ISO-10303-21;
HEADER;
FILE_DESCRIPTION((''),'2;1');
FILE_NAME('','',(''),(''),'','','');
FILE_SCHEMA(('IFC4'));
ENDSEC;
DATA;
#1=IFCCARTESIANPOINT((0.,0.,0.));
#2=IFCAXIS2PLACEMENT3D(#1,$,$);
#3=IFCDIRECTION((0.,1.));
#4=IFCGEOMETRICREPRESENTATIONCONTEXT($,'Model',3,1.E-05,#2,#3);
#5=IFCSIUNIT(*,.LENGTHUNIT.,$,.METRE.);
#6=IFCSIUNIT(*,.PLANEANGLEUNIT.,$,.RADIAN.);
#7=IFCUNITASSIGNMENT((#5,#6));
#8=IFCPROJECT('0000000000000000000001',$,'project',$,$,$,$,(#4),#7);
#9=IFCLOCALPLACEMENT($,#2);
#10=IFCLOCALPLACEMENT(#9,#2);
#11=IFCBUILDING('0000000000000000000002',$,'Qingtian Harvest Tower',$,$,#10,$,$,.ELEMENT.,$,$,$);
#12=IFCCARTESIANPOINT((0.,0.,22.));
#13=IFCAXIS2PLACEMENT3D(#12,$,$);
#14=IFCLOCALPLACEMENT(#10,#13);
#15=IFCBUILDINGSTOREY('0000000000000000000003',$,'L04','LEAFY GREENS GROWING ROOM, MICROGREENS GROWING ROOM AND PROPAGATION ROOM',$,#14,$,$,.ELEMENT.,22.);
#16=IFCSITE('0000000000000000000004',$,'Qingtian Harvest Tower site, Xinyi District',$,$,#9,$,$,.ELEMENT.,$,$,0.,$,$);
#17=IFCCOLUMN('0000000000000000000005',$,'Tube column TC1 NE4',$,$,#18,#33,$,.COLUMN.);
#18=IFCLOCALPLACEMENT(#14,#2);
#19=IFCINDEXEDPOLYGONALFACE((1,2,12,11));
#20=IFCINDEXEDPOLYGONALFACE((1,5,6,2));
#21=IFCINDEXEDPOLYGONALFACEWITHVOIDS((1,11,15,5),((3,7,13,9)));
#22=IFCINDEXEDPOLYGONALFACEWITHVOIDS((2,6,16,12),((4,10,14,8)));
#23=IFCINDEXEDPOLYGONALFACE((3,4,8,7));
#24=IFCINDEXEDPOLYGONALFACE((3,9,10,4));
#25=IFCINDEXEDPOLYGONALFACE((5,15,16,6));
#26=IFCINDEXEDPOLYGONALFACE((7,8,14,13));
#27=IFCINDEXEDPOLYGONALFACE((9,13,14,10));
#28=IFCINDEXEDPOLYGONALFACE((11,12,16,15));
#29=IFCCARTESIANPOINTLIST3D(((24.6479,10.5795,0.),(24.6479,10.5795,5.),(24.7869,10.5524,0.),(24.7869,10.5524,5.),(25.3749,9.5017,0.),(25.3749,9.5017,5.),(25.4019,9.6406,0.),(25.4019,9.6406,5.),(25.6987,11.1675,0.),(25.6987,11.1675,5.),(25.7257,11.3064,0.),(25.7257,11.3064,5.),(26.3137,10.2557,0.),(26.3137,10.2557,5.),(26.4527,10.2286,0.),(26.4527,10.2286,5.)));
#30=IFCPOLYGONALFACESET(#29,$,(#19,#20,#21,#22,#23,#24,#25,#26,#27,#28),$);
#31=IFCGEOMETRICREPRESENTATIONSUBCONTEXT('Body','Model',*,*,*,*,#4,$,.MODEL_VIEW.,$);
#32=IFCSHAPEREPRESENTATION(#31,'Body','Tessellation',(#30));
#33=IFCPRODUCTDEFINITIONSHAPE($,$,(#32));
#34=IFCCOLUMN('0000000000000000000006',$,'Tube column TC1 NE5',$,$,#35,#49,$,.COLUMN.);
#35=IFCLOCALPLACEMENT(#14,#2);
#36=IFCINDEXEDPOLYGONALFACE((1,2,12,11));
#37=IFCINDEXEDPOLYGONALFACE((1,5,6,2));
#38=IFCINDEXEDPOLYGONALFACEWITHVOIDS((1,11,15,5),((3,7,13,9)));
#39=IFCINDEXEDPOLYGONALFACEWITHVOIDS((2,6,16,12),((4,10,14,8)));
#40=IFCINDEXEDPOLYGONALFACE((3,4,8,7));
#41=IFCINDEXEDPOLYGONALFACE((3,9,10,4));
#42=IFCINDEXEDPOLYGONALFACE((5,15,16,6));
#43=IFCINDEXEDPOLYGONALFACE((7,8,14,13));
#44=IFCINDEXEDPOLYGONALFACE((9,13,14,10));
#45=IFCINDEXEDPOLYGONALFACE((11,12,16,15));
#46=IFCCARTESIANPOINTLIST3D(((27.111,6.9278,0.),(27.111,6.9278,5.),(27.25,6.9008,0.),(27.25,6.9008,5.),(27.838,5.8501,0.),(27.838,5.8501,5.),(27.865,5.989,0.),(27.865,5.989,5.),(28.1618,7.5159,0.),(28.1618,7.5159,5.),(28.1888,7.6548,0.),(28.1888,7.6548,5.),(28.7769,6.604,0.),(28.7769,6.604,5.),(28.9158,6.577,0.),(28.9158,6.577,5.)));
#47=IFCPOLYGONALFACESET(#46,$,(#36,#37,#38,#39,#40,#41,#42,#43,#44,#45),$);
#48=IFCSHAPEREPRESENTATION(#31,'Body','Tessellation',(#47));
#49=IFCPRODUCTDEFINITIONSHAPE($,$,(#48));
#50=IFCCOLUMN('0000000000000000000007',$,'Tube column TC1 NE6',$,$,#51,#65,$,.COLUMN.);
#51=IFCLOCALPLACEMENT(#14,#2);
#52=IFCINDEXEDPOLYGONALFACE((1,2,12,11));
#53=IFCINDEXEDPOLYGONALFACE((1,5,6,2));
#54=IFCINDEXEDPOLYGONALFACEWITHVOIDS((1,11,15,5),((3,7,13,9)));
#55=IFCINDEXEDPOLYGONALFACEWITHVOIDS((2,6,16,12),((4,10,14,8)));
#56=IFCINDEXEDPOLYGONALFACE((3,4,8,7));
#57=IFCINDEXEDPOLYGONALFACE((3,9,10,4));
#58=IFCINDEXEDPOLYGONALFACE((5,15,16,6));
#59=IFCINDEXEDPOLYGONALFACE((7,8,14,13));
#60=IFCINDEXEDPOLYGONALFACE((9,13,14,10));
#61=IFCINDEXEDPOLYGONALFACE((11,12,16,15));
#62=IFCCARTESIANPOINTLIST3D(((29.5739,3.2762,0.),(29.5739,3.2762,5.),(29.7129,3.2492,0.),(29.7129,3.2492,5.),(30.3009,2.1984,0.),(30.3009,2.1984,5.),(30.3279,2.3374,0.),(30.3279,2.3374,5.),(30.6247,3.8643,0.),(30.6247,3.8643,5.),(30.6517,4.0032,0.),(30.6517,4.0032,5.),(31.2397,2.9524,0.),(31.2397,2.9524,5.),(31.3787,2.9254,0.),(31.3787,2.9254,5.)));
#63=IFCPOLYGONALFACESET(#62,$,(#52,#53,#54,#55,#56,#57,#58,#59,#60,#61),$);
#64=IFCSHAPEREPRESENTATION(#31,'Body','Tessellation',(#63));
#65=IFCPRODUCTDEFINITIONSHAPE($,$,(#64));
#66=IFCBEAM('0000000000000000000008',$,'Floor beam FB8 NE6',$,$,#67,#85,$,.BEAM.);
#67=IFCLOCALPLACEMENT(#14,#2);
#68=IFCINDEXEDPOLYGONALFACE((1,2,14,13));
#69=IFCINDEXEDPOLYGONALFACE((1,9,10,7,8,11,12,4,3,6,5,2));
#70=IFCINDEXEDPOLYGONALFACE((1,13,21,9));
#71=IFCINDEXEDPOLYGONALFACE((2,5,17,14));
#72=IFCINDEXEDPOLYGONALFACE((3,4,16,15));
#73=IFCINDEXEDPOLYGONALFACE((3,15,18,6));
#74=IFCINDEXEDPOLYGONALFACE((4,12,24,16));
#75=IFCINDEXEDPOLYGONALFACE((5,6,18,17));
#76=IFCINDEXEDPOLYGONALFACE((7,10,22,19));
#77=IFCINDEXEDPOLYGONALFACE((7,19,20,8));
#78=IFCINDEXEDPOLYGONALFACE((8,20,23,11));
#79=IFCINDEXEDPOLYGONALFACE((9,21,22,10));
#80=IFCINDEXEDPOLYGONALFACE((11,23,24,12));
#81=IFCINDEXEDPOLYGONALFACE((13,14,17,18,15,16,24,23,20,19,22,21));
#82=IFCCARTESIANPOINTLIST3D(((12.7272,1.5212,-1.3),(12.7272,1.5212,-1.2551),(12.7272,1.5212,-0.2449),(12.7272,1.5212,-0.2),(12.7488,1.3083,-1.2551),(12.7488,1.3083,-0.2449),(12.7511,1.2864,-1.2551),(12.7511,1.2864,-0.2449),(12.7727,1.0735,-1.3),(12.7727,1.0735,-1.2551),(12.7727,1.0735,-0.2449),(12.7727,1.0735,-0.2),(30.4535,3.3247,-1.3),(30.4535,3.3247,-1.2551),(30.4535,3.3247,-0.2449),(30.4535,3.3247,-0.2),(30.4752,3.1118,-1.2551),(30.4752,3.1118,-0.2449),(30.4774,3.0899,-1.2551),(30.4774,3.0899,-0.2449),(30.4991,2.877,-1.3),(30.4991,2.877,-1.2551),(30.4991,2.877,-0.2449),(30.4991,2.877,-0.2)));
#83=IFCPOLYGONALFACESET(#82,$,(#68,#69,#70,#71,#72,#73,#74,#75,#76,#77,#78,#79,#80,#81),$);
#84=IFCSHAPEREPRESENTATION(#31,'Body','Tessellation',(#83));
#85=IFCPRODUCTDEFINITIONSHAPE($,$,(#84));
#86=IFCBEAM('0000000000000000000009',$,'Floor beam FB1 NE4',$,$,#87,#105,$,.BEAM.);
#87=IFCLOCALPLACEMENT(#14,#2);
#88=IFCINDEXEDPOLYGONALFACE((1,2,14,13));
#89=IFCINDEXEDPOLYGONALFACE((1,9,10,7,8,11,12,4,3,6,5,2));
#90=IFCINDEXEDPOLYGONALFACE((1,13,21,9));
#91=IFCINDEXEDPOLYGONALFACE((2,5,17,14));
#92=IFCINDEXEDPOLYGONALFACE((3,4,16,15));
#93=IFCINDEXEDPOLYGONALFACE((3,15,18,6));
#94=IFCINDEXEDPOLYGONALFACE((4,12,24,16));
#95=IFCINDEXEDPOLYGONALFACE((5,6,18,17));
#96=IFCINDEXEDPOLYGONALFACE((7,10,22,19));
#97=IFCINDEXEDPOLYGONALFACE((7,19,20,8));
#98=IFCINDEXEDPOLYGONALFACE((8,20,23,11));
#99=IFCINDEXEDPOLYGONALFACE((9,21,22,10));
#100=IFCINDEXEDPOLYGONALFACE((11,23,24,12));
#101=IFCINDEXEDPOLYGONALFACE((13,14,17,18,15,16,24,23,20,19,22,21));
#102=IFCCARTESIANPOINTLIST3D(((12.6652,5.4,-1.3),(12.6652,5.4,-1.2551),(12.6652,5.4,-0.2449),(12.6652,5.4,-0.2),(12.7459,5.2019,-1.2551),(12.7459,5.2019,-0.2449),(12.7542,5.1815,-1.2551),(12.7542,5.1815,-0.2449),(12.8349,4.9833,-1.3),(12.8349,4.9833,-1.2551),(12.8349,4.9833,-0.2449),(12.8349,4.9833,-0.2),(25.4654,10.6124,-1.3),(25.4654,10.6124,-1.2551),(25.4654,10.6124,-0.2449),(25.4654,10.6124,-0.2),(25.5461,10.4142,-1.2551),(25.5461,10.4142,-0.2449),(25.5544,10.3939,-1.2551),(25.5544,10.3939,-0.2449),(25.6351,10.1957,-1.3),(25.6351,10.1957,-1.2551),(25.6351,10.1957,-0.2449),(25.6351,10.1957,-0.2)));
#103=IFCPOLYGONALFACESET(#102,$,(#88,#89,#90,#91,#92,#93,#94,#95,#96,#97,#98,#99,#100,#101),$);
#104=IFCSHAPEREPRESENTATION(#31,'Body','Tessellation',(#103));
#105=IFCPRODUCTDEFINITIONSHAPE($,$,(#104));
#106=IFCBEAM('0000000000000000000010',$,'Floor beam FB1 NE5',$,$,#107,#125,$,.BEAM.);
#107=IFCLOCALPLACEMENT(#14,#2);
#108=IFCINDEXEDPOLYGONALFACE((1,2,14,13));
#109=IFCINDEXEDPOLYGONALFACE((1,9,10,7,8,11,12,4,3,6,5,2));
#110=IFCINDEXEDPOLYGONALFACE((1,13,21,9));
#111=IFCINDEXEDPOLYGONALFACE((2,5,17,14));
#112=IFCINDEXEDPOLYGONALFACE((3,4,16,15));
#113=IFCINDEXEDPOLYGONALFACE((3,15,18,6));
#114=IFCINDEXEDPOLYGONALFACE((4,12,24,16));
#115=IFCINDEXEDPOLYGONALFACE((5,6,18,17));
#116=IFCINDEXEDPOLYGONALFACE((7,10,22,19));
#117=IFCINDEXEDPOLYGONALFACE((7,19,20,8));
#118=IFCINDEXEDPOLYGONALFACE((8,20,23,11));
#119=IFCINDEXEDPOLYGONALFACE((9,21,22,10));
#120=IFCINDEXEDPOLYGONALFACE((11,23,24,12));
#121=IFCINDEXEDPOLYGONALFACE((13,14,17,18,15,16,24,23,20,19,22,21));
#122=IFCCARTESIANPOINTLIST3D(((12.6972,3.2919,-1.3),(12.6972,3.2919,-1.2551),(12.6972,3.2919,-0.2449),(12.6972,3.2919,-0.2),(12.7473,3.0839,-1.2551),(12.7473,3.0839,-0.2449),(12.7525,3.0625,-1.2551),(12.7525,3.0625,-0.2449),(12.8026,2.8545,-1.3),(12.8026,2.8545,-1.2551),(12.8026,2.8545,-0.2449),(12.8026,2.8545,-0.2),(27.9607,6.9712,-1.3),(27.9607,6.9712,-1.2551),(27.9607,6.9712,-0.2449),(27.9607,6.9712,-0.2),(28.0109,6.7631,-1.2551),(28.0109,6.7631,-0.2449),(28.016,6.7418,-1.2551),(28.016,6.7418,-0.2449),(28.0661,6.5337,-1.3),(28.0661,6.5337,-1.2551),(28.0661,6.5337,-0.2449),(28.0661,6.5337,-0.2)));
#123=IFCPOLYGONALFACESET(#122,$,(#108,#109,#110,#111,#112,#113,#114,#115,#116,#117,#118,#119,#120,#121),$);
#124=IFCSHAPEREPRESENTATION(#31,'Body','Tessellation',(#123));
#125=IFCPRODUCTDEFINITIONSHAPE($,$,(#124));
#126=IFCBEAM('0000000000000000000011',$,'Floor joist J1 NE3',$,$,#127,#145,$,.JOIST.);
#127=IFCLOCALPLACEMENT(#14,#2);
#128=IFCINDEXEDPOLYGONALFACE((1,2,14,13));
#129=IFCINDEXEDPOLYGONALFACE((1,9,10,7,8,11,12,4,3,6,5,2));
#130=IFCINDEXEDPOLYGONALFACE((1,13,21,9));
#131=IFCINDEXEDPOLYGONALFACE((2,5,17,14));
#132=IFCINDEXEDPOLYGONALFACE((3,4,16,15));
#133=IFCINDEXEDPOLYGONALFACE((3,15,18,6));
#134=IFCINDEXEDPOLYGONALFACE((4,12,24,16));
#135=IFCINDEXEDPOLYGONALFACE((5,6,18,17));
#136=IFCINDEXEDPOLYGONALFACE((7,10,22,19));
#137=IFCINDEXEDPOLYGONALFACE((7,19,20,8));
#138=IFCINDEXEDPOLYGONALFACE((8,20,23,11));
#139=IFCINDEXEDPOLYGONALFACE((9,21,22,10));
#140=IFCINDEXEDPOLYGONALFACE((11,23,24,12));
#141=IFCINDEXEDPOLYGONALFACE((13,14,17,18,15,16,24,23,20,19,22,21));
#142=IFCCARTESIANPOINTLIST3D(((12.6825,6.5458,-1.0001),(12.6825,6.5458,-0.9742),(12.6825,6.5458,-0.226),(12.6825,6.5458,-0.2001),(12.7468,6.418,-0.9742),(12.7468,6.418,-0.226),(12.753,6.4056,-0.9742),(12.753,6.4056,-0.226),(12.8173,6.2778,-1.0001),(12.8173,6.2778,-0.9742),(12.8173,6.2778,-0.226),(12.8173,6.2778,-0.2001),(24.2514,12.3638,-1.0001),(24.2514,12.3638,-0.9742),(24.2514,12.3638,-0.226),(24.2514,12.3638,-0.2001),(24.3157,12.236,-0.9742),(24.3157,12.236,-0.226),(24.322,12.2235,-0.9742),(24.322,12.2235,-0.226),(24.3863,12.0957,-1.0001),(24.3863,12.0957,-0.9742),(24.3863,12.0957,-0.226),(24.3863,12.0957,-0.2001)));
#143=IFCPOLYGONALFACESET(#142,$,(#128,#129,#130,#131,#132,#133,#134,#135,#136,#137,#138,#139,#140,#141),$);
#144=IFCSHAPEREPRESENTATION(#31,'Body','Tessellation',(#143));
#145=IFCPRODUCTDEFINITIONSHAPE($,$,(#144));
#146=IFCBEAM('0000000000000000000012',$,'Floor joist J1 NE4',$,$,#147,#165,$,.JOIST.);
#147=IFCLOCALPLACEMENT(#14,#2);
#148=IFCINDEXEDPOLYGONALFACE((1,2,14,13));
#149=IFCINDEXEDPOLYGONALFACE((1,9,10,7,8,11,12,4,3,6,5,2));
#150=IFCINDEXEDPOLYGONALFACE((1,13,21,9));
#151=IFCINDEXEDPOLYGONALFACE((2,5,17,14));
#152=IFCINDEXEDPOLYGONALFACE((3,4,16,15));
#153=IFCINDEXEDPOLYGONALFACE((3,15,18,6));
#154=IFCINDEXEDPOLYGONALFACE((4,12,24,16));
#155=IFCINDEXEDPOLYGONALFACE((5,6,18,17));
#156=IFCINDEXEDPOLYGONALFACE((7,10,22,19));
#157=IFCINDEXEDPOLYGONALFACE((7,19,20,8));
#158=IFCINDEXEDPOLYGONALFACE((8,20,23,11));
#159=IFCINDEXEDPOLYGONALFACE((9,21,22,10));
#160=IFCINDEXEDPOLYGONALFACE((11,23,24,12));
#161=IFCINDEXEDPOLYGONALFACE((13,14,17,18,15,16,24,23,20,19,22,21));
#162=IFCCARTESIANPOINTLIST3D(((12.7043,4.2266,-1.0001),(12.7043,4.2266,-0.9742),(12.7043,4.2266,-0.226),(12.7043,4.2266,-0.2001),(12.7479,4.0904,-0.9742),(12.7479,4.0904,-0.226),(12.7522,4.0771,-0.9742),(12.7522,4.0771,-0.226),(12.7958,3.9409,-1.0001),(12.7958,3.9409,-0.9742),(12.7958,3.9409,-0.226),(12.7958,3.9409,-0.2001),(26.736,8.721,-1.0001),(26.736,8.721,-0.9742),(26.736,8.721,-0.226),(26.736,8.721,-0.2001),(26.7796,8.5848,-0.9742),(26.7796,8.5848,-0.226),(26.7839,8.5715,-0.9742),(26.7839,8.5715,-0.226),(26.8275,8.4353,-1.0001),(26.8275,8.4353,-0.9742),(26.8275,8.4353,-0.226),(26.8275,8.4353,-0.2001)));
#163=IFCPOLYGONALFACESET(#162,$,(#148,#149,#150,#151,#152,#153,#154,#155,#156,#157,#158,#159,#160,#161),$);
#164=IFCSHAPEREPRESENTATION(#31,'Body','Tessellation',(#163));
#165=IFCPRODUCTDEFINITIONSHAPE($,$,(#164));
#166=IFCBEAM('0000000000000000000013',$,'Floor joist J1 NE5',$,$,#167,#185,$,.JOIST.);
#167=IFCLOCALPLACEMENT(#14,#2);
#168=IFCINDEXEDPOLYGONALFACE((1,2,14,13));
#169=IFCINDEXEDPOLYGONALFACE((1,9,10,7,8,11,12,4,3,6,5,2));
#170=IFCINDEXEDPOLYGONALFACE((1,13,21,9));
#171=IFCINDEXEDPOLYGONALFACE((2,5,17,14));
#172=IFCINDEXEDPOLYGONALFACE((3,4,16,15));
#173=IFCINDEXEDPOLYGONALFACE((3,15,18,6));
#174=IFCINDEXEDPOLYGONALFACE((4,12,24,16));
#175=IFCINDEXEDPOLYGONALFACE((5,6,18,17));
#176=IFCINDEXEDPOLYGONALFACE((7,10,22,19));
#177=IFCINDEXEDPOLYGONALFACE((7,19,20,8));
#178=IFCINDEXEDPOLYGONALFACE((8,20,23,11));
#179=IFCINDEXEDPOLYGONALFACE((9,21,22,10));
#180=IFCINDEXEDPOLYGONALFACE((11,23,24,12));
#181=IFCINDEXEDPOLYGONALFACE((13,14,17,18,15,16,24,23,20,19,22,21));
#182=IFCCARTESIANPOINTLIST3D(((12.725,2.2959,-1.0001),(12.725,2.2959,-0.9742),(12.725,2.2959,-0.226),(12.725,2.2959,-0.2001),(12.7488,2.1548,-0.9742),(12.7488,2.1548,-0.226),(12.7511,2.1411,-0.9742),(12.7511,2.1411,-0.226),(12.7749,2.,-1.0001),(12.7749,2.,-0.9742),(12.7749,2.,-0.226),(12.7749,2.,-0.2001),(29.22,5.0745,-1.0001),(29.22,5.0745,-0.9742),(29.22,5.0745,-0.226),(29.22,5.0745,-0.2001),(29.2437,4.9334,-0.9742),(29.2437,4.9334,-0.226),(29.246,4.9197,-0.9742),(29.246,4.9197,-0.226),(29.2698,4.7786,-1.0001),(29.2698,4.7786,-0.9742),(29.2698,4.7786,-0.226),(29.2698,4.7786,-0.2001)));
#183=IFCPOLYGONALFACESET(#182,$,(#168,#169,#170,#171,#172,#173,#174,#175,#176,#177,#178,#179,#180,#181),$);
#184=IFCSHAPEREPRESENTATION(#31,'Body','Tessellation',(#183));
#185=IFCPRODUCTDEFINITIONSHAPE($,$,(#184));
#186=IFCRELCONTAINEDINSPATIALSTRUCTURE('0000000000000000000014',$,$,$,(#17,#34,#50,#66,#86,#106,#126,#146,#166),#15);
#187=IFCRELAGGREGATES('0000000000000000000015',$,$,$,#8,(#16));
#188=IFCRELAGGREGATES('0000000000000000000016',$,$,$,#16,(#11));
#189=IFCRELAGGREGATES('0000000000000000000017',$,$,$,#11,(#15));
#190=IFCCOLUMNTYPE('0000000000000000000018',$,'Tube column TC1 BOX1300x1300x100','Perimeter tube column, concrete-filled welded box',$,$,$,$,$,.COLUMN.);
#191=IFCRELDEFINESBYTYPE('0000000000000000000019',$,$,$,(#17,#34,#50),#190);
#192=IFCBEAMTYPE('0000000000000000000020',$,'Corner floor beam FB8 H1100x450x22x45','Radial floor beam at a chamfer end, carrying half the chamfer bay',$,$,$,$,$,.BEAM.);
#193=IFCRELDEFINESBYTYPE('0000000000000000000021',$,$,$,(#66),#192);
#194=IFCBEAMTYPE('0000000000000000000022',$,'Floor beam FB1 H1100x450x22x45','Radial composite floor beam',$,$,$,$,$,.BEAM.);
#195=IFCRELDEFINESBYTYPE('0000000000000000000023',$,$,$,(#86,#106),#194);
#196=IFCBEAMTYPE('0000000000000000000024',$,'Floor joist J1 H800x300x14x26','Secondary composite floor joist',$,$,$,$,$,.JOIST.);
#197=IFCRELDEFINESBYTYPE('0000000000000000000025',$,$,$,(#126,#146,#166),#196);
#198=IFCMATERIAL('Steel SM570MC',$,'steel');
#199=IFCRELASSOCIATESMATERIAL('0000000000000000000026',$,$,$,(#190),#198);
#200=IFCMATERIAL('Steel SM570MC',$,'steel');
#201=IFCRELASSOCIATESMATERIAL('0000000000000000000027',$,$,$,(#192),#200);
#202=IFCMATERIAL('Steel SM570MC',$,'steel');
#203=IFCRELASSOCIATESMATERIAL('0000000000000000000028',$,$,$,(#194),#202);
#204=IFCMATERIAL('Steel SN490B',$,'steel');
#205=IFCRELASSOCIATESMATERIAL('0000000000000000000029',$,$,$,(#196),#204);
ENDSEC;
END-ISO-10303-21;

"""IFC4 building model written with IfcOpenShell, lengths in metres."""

from ifc_helpers import new_model, si_unit, direction, frame, origin, origin_2d, place, context, subcontext, project, spatial, hollow_rectangle, i_section, extrude, material, material_profile, profile_set, type_object, element, save


model = new_model("IFC4")

# Units and contexts
model_context = context("Model", 3, precision=1e-05, world=origin(), true_north=direction((0.0, 1.0)))
body_context = subcontext(model_context, "Body", "Model", "MODEL_VIEW")
ifc_project = project(units=[si_unit("LENGTHUNIT", "METRE"), si_unit("PLANEANGLEUNIT", "RADIAN")], contexts=[model_context])

# Site, building, storey
site_placement = place(None, origin())
site = spatial("IfcSite", under=ifc_project, at=site_placement, Name="Qingtian Harvest Tower site, Xinyi District", CompositionType="ELEMENT", RefElevation=0.0)
building_placement = place(site_placement, origin())
building = spatial("IfcBuilding", under=site, at=building_placement, Name="Qingtian Harvest Tower", CompositionType="ELEMENT")
storey_placement = place(building_placement, frame((0.0, 0.0, 22.0)))
storey = spatial("IfcBuildingStorey", under=building, at=storey_placement, Name="L04", Description="LEAFY GREENS GROWING ROOM, MICROGREENS GROWING ROOM AND PROPAGATION ROOM", CompositionType="ELEMENT", Elevation=22.0)

# Columns
ifc_material_1 = material(Name="Steel SM570MC", Category="steel")
ifc_material_profile_1 = material_profile(ifc_material_1, hollow_rectangle(XDim=1.3, YDim=1.3, WallThickness=0.1001, at=origin_2d()), Name="BOX1300x1300x100")
ifc_profile_set_1 = profile_set([ifc_material_profile_1], Name="Steel SM570MC")
column_type = type_object("IfcColumnType", Name="Tube column TC1 BOX1300x1300x100", Description="Perimeter tube column, concrete-filled welded box", PredefinedType="COLUMN", material=ifc_profile_set_1)
for number, where, z_axis, x_axis, name in (
    (1, (25.5503, 10.4041, 0.0), (0.0, 0.0, 1.0), (-0.559193, 0.829038, 0.0), "Tube column TC1 NE4"),
    (2, (28.0134, 6.7524, 0.0), (0.0, 0.0, 1.0), (-0.559193, 0.829038, 0.0), "Tube column TC1 NE5"),
    (3, (30.4763, 3.1008, 0.0), (0.0, 0.0, 1.0), (-0.559193, 0.829038, 0.0), "Tube column TC1 NE6"),
):
    element("IfcColumn", number, at=place(storey_placement, frame(where, z_axis=z_axis, x_axis=x_axis)), inside=storey, type_object=column_type, Name=name, PredefinedType="COLUMN", context=body_context, shape_type="SweptSolid", body=[
        extrude(hollow_rectangle(XDim=1.3, YDim=1.3, WallThickness=0.1001, at=origin_2d()), origin(), (0.0, 0.0, 1.0), 5.0),
    ])

# Beams
ifc_material_2 = material(Name="Steel SM570MC", Category="steel")
ifc_material_profile_2 = material_profile(ifc_material_2, i_section(OverallWidth=0.45, OverallDepth=1.1001, WebThickness=0.022, FlangeThickness=0.0449, at=origin_2d()), Name="H1100x450x22x45")
ifc_profile_set_2 = profile_set([ifc_material_profile_2], Name="Steel SM570MC")
beam_type_1 = type_object("IfcBeamType", Name="Corner floor beam FB8 H1100x450x22x45", Description="Radial floor beam at a chamfer end, carrying half the chamfer bay", PredefinedType="BEAM", material=ifc_profile_set_2)
beam_1_placement = place(storey_placement, frame((30.4763, 3.1008, -0.75), z_axis=(-0.994864, -0.101217, 0.0), x_axis=(0.101217, -0.994864, 0.0)))
element("IfcBeam", 4, at=beam_1_placement, inside=storey, type_object=beam_type_1, Name="Floor beam FB8 NE6", PredefinedType="BEAM", context=body_context, shape_type="SweptSolid", body=[
    extrude(i_section(OverallWidth=0.45, OverallDepth=1.1001, WebThickness=0.022, FlangeThickness=0.0449, at=origin_2d()), origin(), (0.0, 0.0, 1.0), 17.8179),
])
ifc_material_3 = material(Name="Steel SM570MC", Category="steel")
ifc_material_profile_3 = material_profile(ifc_material_3, i_section(OverallWidth=0.45, OverallDepth=1.1001, WebThickness=0.022, FlangeThickness=0.0449, at=origin_2d()), Name="H1100x450x22x45")
ifc_profile_set_3 = profile_set([ifc_material_profile_3], Name="Steel SM570MC")
beam_type_2 = type_object("IfcBeamType", Name="Floor beam FB1 H1100x450x22x45", Description="Radial composite floor beam", PredefinedType="BEAM", material=ifc_profile_set_3)
beam_2_placement = place(storey_placement, frame((25.5503, 10.4041, -0.75), z_axis=(-0.926156, -0.37714, 0.0), x_axis=(0.37714, -0.926156, 0.0)))
element("IfcBeam", 5, at=beam_2_placement, inside=storey, type_object=beam_type_2, Name="Floor beam FB1 NE4", PredefinedType="BEAM", context=body_context, shape_type="SweptSolid", body=[
    extrude(i_section(OverallWidth=0.45, OverallDepth=1.1001, WebThickness=0.022, FlangeThickness=0.0449, at=origin_2d()), origin(), (0.0, 0.0, 1.0), 13.8208),
])
beam_3_placement = place(storey_placement, frame((28.0134, 6.7524, -0.75), z_axis=(-0.972156, -0.234335, 0.0), x_axis=(0.234335, -0.972156, 0.0)))
element("IfcBeam", 6, at=beam_3_placement, inside=storey, type_object=beam_type_2, Name="Floor beam FB1 NE5", PredefinedType="BEAM", context=body_context, shape_type="SweptSolid", body=[
    extrude(i_section(OverallWidth=0.45, OverallDepth=1.1001, WebThickness=0.022, FlangeThickness=0.0449, at=origin_2d()), origin(), (0.0, 0.0, 1.0), 15.7007),
])
ifc_material_4 = material(Name="Steel SN490B", Category="steel")
ifc_material_profile_4 = material_profile(ifc_material_4, i_section(OverallWidth=0.3, OverallDepth=0.8, WebThickness=0.0139, FlangeThickness=0.0259, at=origin_2d()), Name="H800x300x14x26")
ifc_profile_set_4 = profile_set([ifc_material_profile_4], Name="Steel SN490B")
beam_type_3 = type_object("IfcBeamType", Name="Floor joist J1 H800x300x14x26", Description="Secondary composite floor joist", PredefinedType="JOIST", material=ifc_profile_set_4)
beam_4_placement = place(storey_placement, frame((24.3188, 12.2297, -0.6001), z_axis=(-0.893392, -0.449279, 0.0), x_axis=(0.449279, -0.893392, 0.0)))
element("IfcBeam", 7, at=beam_4_placement, inside=storey, type_object=beam_type_3, Name="Floor joist J1 NE3", PredefinedType="JOIST", context=body_context, shape_type="SweptSolid", body=[
    extrude(i_section(OverallWidth=0.3, OverallDepth=0.8, WebThickness=0.0139, FlangeThickness=0.0259, at=origin_2d()), origin(), (0.0, 0.0, 1.0), 12.9495),
])
beam_5_placement = place(storey_placement, frame((26.7817, 8.5781, -0.6001), z_axis=(-0.952341, -0.305036, 0.0), x_axis=(0.305036, -0.952341, 0.0)))
element("IfcBeam", 8, at=beam_5_placement, inside=storey, type_object=beam_type_3, Name="Floor joist J1 NE4", PredefinedType="JOIST", context=body_context, shape_type="SweptSolid", body=[
    extrude(i_section(OverallWidth=0.3, OverallDepth=0.8, WebThickness=0.0139, FlangeThickness=0.0259, at=origin_2d()), origin(), (0.0, 0.0, 1.0), 14.7339),
])
beam_6_placement = place(storey_placement, frame((29.2449, 4.9265, -0.6001), z_axis=(-0.986107, -0.16611, 0.0), x_axis=(0.16611, -0.986107, 0.0)))
element("IfcBeam", 9, at=beam_6_placement, inside=storey, type_object=beam_type_3, Name="Floor joist J1 NE5", PredefinedType="JOIST", context=body_context, shape_type="SweptSolid", body=[
    extrude(i_section(OverallWidth=0.3, OverallDepth=0.8, WebThickness=0.0139, FlangeThickness=0.0259, at=origin_2d()), origin(), (0.0, 0.0, 1.0), 16.7273),
])

save(model, "model.ifc")
